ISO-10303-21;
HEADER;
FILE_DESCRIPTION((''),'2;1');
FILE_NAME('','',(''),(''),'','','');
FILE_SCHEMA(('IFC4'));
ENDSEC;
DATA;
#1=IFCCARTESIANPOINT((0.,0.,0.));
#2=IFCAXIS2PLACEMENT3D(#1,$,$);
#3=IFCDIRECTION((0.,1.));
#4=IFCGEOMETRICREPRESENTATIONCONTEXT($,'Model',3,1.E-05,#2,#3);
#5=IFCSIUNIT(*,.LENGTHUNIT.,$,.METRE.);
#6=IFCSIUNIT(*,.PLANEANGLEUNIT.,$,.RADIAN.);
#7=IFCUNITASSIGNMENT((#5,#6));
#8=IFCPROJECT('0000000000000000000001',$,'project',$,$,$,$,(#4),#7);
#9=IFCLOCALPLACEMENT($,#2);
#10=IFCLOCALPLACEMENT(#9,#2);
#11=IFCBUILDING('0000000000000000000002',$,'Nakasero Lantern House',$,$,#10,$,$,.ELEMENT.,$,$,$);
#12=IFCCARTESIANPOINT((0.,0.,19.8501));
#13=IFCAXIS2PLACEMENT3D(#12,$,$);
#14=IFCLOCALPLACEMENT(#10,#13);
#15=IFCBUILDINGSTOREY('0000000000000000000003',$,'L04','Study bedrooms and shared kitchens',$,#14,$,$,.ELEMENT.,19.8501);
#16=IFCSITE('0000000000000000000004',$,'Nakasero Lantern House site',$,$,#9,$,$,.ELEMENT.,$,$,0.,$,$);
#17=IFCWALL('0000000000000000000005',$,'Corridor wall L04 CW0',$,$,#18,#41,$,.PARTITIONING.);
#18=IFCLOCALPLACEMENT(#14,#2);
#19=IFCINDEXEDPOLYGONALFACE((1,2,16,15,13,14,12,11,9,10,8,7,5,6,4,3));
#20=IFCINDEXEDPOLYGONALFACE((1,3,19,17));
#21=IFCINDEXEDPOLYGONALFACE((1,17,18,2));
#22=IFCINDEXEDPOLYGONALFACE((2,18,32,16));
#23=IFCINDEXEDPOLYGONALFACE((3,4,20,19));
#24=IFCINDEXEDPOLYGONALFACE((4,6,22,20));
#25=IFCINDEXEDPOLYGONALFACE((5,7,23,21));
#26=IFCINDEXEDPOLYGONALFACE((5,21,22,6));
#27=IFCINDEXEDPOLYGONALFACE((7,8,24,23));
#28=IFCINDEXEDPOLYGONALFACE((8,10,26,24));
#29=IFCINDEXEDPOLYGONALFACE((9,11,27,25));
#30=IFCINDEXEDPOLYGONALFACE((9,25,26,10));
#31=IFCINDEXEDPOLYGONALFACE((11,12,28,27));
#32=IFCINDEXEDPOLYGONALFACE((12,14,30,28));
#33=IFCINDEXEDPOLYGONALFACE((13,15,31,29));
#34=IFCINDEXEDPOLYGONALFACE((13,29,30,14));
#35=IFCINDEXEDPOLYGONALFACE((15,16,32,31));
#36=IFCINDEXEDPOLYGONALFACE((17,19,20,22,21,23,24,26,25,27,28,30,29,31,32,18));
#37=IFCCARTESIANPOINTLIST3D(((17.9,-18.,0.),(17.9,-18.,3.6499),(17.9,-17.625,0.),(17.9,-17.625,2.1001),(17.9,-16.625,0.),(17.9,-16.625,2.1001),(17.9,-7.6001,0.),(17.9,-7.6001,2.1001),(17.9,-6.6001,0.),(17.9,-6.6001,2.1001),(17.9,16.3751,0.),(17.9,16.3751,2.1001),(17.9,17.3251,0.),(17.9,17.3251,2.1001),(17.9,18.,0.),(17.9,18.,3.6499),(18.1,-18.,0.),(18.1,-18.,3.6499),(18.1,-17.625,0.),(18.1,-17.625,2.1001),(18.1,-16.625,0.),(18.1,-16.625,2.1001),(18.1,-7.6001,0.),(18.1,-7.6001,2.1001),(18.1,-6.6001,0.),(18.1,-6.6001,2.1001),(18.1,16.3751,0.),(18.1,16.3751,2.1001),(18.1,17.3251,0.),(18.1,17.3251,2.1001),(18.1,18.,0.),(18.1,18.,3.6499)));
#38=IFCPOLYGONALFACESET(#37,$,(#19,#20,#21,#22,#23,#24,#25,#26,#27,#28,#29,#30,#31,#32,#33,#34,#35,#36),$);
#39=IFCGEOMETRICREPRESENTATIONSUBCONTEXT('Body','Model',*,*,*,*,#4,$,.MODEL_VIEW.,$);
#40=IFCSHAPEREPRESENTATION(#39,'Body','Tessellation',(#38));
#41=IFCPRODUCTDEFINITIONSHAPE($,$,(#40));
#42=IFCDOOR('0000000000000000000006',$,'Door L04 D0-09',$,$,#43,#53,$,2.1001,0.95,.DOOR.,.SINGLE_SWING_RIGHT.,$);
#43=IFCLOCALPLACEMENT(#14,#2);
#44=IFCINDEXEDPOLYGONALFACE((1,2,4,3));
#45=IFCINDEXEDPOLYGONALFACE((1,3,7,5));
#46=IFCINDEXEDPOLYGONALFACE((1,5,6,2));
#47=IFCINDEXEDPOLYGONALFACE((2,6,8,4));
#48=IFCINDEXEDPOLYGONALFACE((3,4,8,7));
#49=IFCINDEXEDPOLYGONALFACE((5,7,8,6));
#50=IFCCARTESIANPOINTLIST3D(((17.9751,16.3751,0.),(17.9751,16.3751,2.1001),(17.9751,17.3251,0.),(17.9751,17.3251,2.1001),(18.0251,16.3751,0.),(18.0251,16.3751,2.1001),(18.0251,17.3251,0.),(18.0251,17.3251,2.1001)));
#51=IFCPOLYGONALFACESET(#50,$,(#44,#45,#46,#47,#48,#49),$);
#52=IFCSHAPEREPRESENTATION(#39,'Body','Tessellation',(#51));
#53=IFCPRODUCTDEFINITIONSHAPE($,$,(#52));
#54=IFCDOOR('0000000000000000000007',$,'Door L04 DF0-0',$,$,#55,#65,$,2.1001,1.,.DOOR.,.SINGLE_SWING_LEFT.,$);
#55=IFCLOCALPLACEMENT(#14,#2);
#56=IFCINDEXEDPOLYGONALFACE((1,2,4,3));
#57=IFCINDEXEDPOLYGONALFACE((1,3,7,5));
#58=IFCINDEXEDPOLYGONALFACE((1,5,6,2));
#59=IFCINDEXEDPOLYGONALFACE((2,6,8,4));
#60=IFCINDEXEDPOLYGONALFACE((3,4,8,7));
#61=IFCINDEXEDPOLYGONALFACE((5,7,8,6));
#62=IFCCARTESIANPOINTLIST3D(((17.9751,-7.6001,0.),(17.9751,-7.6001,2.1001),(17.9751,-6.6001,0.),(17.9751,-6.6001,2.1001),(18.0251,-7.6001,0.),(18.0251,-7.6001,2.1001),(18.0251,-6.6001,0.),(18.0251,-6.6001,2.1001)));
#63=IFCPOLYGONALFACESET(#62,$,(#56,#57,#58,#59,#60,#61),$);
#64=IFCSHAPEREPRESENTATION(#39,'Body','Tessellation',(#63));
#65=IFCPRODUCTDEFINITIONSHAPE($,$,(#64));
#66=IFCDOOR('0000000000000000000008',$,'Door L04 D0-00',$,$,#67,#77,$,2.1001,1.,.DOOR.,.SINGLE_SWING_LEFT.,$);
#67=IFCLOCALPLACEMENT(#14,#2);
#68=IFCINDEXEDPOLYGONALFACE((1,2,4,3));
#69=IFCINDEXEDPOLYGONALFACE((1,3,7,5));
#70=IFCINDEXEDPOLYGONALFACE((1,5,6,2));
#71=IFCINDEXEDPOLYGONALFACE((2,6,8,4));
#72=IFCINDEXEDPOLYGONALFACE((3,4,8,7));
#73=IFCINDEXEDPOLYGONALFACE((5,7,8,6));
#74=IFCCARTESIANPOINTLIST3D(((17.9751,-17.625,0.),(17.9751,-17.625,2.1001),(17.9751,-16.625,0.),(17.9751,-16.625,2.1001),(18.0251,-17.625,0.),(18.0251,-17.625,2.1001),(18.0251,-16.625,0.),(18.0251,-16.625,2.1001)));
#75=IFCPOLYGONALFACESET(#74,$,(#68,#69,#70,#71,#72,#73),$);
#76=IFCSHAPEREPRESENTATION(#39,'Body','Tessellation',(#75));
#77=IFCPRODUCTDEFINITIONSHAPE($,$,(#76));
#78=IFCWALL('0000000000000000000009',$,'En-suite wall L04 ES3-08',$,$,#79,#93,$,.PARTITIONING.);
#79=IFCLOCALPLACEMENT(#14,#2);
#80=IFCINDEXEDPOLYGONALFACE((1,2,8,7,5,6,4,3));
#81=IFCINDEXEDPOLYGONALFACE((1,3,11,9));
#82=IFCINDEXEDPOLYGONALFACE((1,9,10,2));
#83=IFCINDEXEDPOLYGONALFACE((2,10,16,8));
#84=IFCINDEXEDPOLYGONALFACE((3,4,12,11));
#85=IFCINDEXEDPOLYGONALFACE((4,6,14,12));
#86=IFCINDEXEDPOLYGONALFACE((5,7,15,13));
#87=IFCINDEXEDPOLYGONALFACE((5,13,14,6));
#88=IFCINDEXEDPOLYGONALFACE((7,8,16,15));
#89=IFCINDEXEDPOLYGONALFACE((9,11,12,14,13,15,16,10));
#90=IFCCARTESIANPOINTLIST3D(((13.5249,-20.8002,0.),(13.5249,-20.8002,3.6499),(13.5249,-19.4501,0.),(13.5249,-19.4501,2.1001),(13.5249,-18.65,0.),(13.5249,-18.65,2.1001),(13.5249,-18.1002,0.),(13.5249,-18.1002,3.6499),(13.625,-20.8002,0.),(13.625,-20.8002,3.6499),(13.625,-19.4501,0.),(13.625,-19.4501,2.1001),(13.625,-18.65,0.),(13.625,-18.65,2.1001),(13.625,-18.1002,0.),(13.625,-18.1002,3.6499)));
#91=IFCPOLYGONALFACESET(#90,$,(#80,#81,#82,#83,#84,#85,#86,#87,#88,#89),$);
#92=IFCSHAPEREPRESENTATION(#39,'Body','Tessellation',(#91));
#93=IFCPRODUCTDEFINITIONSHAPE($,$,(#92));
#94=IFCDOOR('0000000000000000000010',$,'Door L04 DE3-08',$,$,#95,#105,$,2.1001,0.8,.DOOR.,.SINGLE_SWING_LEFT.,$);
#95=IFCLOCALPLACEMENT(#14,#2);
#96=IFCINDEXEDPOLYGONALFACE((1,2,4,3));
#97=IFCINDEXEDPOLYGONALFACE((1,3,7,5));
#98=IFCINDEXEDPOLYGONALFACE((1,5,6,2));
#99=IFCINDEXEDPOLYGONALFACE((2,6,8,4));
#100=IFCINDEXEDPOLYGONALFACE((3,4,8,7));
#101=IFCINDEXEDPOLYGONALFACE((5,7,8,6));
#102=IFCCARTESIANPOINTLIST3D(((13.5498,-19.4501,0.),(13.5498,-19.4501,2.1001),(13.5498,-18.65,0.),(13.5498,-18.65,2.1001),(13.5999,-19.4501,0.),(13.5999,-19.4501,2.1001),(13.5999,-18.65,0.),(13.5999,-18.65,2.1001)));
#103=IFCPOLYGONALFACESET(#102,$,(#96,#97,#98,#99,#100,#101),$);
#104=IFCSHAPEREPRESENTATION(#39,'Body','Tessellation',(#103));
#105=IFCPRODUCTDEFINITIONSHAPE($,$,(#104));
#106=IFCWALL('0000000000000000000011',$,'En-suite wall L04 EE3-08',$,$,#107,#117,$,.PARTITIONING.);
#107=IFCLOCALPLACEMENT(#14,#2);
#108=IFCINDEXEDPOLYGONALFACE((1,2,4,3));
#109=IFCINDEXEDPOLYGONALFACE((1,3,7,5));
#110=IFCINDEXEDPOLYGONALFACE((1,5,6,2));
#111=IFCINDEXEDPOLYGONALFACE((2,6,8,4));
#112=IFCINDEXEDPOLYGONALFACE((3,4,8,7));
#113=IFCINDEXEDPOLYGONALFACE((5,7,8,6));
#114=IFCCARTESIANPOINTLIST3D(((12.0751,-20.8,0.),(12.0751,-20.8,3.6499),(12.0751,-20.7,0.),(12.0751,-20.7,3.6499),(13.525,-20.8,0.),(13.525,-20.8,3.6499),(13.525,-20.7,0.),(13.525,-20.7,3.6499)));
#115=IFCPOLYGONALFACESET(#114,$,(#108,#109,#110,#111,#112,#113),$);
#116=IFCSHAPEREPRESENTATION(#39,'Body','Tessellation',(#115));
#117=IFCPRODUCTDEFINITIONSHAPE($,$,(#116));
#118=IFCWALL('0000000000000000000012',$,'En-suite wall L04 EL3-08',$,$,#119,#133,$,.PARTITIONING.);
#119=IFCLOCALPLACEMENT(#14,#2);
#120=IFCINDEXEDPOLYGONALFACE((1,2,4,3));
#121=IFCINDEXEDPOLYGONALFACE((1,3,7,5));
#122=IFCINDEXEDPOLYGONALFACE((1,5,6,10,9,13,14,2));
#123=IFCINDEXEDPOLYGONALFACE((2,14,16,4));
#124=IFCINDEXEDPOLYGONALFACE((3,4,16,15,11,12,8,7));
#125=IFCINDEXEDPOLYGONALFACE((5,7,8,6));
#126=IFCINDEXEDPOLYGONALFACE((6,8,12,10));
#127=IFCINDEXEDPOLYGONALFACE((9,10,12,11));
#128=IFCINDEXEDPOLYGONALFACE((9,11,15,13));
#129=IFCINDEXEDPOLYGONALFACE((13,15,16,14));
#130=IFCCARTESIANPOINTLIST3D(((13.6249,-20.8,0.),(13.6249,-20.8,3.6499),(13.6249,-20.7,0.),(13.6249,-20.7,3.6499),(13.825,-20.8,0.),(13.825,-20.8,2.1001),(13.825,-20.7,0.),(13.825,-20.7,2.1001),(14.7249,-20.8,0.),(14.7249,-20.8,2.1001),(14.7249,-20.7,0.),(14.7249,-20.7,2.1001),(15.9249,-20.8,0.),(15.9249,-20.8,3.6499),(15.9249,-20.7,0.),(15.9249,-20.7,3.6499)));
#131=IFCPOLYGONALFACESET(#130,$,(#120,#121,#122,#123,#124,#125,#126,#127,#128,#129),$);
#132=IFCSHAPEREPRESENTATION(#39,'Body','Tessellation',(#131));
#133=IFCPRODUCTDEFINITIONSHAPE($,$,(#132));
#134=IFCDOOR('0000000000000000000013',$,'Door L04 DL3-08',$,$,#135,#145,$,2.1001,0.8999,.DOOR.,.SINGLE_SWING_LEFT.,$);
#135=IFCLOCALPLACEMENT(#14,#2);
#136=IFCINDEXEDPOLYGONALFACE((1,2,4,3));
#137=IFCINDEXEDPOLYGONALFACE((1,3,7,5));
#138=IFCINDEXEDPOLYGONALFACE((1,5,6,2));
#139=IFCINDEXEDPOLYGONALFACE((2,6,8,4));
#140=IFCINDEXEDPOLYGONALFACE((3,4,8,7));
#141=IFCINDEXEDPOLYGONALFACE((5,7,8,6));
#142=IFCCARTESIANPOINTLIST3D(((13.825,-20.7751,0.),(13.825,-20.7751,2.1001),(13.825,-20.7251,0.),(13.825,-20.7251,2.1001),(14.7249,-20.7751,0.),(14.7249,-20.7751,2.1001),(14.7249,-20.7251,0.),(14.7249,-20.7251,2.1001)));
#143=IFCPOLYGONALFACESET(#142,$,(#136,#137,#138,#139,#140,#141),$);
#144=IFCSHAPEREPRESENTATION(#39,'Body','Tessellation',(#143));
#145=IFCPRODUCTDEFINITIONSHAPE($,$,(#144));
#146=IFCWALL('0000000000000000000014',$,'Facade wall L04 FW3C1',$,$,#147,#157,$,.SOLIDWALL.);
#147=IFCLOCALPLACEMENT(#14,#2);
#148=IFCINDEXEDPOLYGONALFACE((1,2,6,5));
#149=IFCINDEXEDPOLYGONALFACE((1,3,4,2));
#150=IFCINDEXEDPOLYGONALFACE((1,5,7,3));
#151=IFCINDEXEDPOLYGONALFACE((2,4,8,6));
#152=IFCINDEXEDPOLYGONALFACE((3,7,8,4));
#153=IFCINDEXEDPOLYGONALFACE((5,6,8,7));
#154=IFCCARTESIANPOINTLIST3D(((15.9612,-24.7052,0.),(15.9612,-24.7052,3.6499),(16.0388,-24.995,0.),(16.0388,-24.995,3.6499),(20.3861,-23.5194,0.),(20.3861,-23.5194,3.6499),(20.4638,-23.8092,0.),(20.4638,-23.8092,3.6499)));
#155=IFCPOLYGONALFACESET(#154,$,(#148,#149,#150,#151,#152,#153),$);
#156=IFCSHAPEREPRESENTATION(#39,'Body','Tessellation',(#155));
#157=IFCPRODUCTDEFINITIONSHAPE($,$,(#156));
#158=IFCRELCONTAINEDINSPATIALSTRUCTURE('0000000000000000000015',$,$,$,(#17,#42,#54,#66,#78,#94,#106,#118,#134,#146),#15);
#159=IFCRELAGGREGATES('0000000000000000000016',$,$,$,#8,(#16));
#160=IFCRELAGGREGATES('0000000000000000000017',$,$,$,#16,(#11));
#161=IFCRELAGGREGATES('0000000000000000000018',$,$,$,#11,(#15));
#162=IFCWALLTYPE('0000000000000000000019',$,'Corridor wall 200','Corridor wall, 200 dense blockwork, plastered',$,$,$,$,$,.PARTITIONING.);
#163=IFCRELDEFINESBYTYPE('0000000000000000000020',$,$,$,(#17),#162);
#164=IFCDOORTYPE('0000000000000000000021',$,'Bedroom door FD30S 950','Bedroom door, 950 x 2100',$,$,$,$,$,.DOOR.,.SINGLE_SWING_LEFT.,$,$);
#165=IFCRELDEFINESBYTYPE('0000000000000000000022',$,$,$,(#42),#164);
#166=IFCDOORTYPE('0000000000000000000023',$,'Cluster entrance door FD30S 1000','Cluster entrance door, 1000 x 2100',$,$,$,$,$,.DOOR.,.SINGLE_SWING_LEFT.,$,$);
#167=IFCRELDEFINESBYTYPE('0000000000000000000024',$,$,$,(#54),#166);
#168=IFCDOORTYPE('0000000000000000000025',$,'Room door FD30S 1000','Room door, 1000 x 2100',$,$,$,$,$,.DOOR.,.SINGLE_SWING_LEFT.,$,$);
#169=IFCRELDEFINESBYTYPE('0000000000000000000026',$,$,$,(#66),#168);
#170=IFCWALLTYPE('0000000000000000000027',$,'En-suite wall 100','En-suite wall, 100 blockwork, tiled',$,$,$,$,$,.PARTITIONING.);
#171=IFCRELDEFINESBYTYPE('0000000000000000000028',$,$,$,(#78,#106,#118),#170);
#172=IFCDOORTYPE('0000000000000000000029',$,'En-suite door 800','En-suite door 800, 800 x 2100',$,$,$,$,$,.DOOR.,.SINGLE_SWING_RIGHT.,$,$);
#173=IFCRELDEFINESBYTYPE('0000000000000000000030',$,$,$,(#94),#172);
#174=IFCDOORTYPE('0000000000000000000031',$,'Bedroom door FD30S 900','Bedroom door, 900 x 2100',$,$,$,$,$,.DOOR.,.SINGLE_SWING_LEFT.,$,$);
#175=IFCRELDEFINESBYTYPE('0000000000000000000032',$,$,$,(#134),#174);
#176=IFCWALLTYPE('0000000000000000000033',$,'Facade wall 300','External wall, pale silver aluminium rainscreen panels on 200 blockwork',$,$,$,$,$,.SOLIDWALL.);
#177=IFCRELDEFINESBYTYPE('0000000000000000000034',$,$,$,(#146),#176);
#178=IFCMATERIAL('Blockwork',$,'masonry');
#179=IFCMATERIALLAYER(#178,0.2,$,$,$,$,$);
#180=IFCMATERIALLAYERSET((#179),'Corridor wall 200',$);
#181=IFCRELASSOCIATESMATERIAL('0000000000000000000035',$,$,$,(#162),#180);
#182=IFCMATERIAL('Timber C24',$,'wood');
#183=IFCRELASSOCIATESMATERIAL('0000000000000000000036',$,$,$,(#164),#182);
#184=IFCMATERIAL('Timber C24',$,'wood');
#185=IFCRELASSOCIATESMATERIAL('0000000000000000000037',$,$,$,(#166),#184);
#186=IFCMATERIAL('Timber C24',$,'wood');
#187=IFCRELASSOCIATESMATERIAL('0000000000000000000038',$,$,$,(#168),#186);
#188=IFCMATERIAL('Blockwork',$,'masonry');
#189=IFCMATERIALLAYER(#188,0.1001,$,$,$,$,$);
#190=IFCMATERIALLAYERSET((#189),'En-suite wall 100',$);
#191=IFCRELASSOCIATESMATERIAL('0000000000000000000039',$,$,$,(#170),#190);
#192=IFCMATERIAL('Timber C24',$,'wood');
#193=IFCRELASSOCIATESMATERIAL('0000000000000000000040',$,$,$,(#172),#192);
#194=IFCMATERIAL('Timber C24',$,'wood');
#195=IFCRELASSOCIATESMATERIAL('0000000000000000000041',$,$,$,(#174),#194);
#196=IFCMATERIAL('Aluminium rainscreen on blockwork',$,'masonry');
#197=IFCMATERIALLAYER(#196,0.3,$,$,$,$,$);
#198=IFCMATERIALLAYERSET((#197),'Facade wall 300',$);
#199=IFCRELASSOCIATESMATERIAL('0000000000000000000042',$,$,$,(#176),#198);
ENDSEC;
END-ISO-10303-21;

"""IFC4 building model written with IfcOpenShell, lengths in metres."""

from ifc_helpers import new_model, si_unit, direction, frame, frame_2d, origin, place, context, subcontext, project, spatial, rectangle, extrude, material, layer, layer_set, type_object, element, fill, save


model = new_model("IFC4")

# Units and contexts
model_context = context("Model", 3, precision=1e-05, world=origin(), true_north=direction((0.0, 1.0)))
body_context = subcontext(model_context, "Body", "Model", "MODEL_VIEW")
ifc_project = project(units=[si_unit("LENGTHUNIT", "METRE"), si_unit("PLANEANGLEUNIT", "RADIAN")], contexts=[model_context])

# Site, building, storey
site_placement = place(None, origin())
site = spatial("IfcSite", under=ifc_project, at=site_placement, Name="Nakasero Lantern House site", CompositionType="ELEMENT", RefElevation=0.0)
building_placement = place(site_placement, origin())
building = spatial("IfcBuilding", under=site, at=building_placement, Name="Nakasero Lantern House", CompositionType="ELEMENT")
storey_placement = place(building_placement, frame((0.0, 0.0, 19.8501)))
storey = spatial("IfcBuildingStorey", under=building, at=storey_placement, Name="L04", Description="Study bedrooms and shared kitchens", CompositionType="ELEMENT", Elevation=19.8501)

# Wall, openings, doors
ifc_material_1 = material(Name="Blockwork", Category="masonry")
ifc_layer_1 = layer(ifc_material_1, 0.2)
ifc_layer_set_1 = layer_set([ifc_layer_1], Name="Corridor wall 200")
wall_type_1 = type_object("IfcWallType", Name="Corridor wall 200", Description="Corridor wall, 200 dense blockwork, plastered", PredefinedType="PARTITIONING", material=ifc_layer_set_1)
wall_1_placement = place(storey_placement, frame((18.0, -18.0, 0.0), z_axis=(0.0, 0.0, 1.0), x_axis=(0.0, 1.0, 0.0)))
wall_1 = element("IfcWall", 1, at=wall_1_placement, inside=storey, type_object=wall_type_1, Name="Corridor wall L04 CW0", PredefinedType="PARTITIONING", context=body_context, shape_type="SweptSolid", body=[
    extrude(rectangle(XDim=36.0, YDim=0.2, at=frame_2d((18.0, 0.0))), origin(), (0.0, 0.0, 1.0), 3.6499),
])
opening_1_placement = place(wall_1_placement, frame((10.3999, 0.0, 0.0)))
opening_1 = element("IfcOpeningElement", 2, at=opening_1_placement, cuts=wall_1, PredefinedType="OPENING", context=body_context, shape_type="SweptSolid", body=[
    extrude(rectangle(XDim=1.0, YDim=2.1001, at=frame_2d((0.5, 1.05))), frame((0.0, 0.1199, 0.0), z_axis=(0.0, -1.0, 0.0), x_axis=(1.0, 0.0, 0.0)), (0.0, 0.0, 1.0), 0.24),
])
opening_2_placement = place(wall_1_placement, frame((0.375, 0.0, 0.0)))
opening_2 = element("IfcOpeningElement", 3, at=opening_2_placement, cuts=wall_1, PredefinedType="OPENING", context=body_context, shape_type="SweptSolid", body=[
    extrude(rectangle(XDim=1.0, YDim=2.1001, at=frame_2d((0.5, 1.05))), frame((0.0, 0.1199, 0.0), z_axis=(0.0, -1.0, 0.0), x_axis=(1.0, 0.0, 0.0)), (0.0, 0.0, 1.0), 0.24),
])
opening_3_placement = place(wall_1_placement, frame((34.375, 0.0, 0.0)))
opening_3 = element("IfcOpeningElement", 4, at=opening_3_placement, cuts=wall_1, PredefinedType="OPENING", context=body_context, shape_type="SweptSolid", body=[
    extrude(rectangle(XDim=0.95, YDim=2.1001, at=frame_2d((0.4751, 1.05))), frame((0.0, 0.1199, 0.0), z_axis=(0.0, -1.0, 0.0), x_axis=(1.0, 0.0, 0.0)), (0.0, 0.0, 1.0), 0.24),
])
ifc_material_2 = material(Name="Timber C24", Category="wood")
door_type_1 = type_object("IfcDoorType", Name="Bedroom door FD30S 950", Description="Bedroom door, 950 x 2100", OperationType="SINGLE_SWING_LEFT", PredefinedType="DOOR", material=ifc_material_2)
door_1_placement = place(opening_3_placement, origin())
door_1 = element("IfcDoor", 5, at=door_1_placement, inside=storey, type_object=door_type_1, Name="Door L04 D0-09", OperationType="SINGLE_SWING_RIGHT", OverallHeight=2.1001, OverallWidth=0.95, PredefinedType="DOOR", context=body_context, shape_type="SweptSolid", body=[
    extrude(rectangle(XDim=0.95, YDim=2.1001, at=frame_2d((0.4751, 1.05))), frame((0.0, 0.0249, 0.0), z_axis=(0.0, -1.0, 0.0), x_axis=(1.0, 0.0, 0.0)), (0.0, 0.0, 1.0), 0.05),
])
fill(opening_3, door_1)
ifc_material_3 = material(Name="Timber C24", Category="wood")
door_type_2 = type_object("IfcDoorType", Name="Cluster entrance door FD30S 1000", Description="Cluster entrance door, 1000 x 2100", OperationType="SINGLE_SWING_LEFT", PredefinedType="DOOR", material=ifc_material_3)
door_2_placement = place(opening_1_placement, origin())
door_2 = element("IfcDoor", 6, at=door_2_placement, inside=storey, type_object=door_type_2, Name="Door L04 DF0-0", OperationType="SINGLE_SWING_LEFT", OverallHeight=2.1001, OverallWidth=1.0, PredefinedType="DOOR", context=body_context, shape_type="SweptSolid", body=[
    extrude(rectangle(XDim=1.0, YDim=2.1001, at=frame_2d((0.5, 1.05))), frame((0.0, 0.0249, 0.0), z_axis=(0.0, -1.0, 0.0), x_axis=(1.0, 0.0, 0.0)), (0.0, 0.0, 1.0), 0.05),
])
fill(opening_1, door_2)
ifc_material_4 = material(Name="Timber C24", Category="wood")
door_type_3 = type_object("IfcDoorType", Name="Room door FD30S 1000", Description="Room door, 1000 x 2100", OperationType="SINGLE_SWING_LEFT", PredefinedType="DOOR", material=ifc_material_4)
door_3_placement = place(opening_2_placement, origin())
door_3 = element("IfcDoor", 7, at=door_3_placement, inside=storey, type_object=door_type_3, Name="Door L04 D0-00", OperationType="SINGLE_SWING_LEFT", OverallHeight=2.1001, OverallWidth=1.0, PredefinedType="DOOR", context=body_context, shape_type="SweptSolid", body=[
    extrude(rectangle(XDim=1.0, YDim=2.1001, at=frame_2d((0.5, 1.05))), frame((0.0, 0.0249, 0.0), z_axis=(0.0, -1.0, 0.0), x_axis=(1.0, 0.0, 0.0)), (0.0, 0.0, 1.0), 0.05),
])
fill(opening_2, door_3)

# Wall, opening, door
ifc_material_5 = material(Name="Blockwork", Category="masonry")
ifc_layer_2 = layer(ifc_material_5, 0.1001)
ifc_layer_set_2 = layer_set([ifc_layer_2], Name="En-suite wall 100")
wall_type_2 = type_object("IfcWallType", Name="En-suite wall 100", Description="En-suite wall, 100 blockwork, tiled", PredefinedType="PARTITIONING", material=ifc_layer_set_2)
wall_2_placement = place(storey_placement, frame((13.575, -18.1001, 0.0), z_axis=(0.0, 0.0, 1.0), x_axis=(0.0, -1.0, 0.0)))
wall_2 = element("IfcWall", 8, at=wall_2_placement, inside=storey, type_object=wall_type_2, Name="En-suite wall L04 ES3-08", PredefinedType="PARTITIONING", context=body_context, shape_type="SweptSolid", body=[
    extrude(rectangle(XDim=2.7, YDim=0.1001, at=frame_2d((1.3501, 0.0))), origin(), (0.0, 0.0, 1.0), 3.6499),
])
opening_4_placement = place(wall_2_placement, frame((0.55, 0.0, 0.0)))
opening_4 = element("IfcOpeningElement", 9, at=opening_4_placement, cuts=wall_2, PredefinedType="OPENING", context=body_context, shape_type="SweptSolid", body=[
    extrude(rectangle(XDim=0.8, YDim=2.1001, at=frame_2d((0.3999, 1.05))), frame((0.0, 0.0701, 0.0), z_axis=(0.0, -1.0, 0.0), x_axis=(1.0, 0.0, 0.0)), (0.0, 0.0, 1.0), 0.1401),
])
ifc_material_6 = material(Name="Timber C24", Category="wood")
door_type_4 = type_object("IfcDoorType", Name="En-suite door 800", Description="En-suite door 800, 800 x 2100", OperationType="SINGLE_SWING_RIGHT", PredefinedType="DOOR", material=ifc_material_6)
door_4_placement = place(opening_4_placement, origin())
door_4 = element("IfcDoor", 10, at=door_4_placement, inside=storey, type_object=door_type_4, Name="Door L04 DE3-08", OperationType="SINGLE_SWING_LEFT", OverallHeight=2.1001, OverallWidth=0.8, PredefinedType="DOOR", context=body_context, shape_type="SweptSolid", body=[
    extrude(rectangle(XDim=0.8, YDim=2.1001, at=frame_2d((0.3999, 1.05))), frame((0.0, 0.0249, 0.0), z_axis=(0.0, -1.0, 0.0), x_axis=(1.0, 0.0, 0.0)), (0.0, 0.0, 1.0), 0.05),
])
fill(opening_4, door_4)

# Wall
wall_3_placement = place(storey_placement, frame((12.075, -20.75, 0.0), z_axis=(0.0, 0.0, 1.0), x_axis=(1.0, 0.0, 0.0)))
element("IfcWall", 11, at=wall_3_placement, inside=storey, type_object=wall_type_2, Name="En-suite wall L04 EE3-08", PredefinedType="PARTITIONING", context=body_context, shape_type="SweptSolid", body=[
    extrude(rectangle(XDim=1.45, YDim=0.1001, at=frame_2d((0.7251, 0.0))), origin(), (0.0, 0.0, 1.0), 3.6499),
])

# Wall, opening, door
wall_4_placement = place(storey_placement, frame((13.625, -20.75, 0.0), z_axis=(0.0, 0.0, 1.0), x_axis=(1.0, 0.0, 0.0)))
wall_4 = element("IfcWall", 12, at=wall_4_placement, inside=storey, type_object=wall_type_2, Name="En-suite wall L04 EL3-08", PredefinedType="PARTITIONING", context=body_context, shape_type="SweptSolid", body=[
    extrude(rectangle(XDim=2.3, YDim=0.1001, at=frame_2d((1.1499, 0.0))), origin(), (0.0, 0.0, 1.0), 3.6499),
])
opening_5_placement = place(wall_4_placement, frame((0.2, 0.0, 0.0)))
opening_5 = element("IfcOpeningElement", 13, at=opening_5_placement, cuts=wall_4, PredefinedType="OPENING", context=body_context, shape_type="SweptSolid", body=[
    extrude(rectangle(XDim=0.8999, YDim=2.1001, at=frame_2d((0.45, 1.05))), frame((0.0, 0.0701, 0.0), z_axis=(0.0, -1.0, 0.0), x_axis=(1.0, 0.0, 0.0)), (0.0, 0.0, 1.0), 0.1401),
])
ifc_material_7 = material(Name="Timber C24", Category="wood")
door_type_5 = type_object("IfcDoorType", Name="Bedroom door FD30S 900", Description="Bedroom door, 900 x 2100", OperationType="SINGLE_SWING_LEFT", PredefinedType="DOOR", material=ifc_material_7)
door_5_placement = place(opening_5_placement, origin())
door_5 = element("IfcDoor", 14, at=door_5_placement, inside=storey, type_object=door_type_5, Name="Door L04 DL3-08", OperationType="SINGLE_SWING_LEFT", OverallHeight=2.1001, OverallWidth=0.8999, PredefinedType="DOOR", context=body_context, shape_type="SweptSolid", body=[
    extrude(rectangle(XDim=0.8999, YDim=2.1001, at=frame_2d((0.45, 1.05))), frame((0.0, 0.0249, 0.0), z_axis=(0.0, -1.0, 0.0), x_axis=(1.0, 0.0, 0.0)), (0.0, 0.0, 1.0), 0.05),
])
fill(opening_5, door_5)

# Wall
ifc_material_8 = material(Name="Aluminium rainscreen on blockwork", Category="masonry")
ifc_layer_3 = layer(ifc_material_8, 0.3)
ifc_layer_set_3 = layer_set([ifc_layer_3], Name="Facade wall 300")
wall_type_3 = type_object("IfcWallType", Name="Facade wall 300", Description="External wall, pale silver aluminium rainscreen panels on 200 blockwork", PredefinedType="SOLIDWALL", material=ifc_layer_set_3)
wall_5_placement = place(storey_placement, frame((16.0, -24.8501, 0.0), z_axis=(0.0, 0.0, 1.0), x_axis=(0.96592, 0.25884, 0.0)))
element("IfcWall", 15, at=wall_5_placement, inside=storey, type_object=wall_type_3, Name="Facade wall L04 FW3C1", PredefinedType="SOLIDWALL", context=body_context, shape_type="SweptSolid", body=[
    extrude(rectangle(XDim=4.5811, YDim=0.3, at=frame_2d((2.2905, 0.0))), origin(), (0.0, 0.0, 1.0), 3.6499),
])

save(model, "model.ifc")
